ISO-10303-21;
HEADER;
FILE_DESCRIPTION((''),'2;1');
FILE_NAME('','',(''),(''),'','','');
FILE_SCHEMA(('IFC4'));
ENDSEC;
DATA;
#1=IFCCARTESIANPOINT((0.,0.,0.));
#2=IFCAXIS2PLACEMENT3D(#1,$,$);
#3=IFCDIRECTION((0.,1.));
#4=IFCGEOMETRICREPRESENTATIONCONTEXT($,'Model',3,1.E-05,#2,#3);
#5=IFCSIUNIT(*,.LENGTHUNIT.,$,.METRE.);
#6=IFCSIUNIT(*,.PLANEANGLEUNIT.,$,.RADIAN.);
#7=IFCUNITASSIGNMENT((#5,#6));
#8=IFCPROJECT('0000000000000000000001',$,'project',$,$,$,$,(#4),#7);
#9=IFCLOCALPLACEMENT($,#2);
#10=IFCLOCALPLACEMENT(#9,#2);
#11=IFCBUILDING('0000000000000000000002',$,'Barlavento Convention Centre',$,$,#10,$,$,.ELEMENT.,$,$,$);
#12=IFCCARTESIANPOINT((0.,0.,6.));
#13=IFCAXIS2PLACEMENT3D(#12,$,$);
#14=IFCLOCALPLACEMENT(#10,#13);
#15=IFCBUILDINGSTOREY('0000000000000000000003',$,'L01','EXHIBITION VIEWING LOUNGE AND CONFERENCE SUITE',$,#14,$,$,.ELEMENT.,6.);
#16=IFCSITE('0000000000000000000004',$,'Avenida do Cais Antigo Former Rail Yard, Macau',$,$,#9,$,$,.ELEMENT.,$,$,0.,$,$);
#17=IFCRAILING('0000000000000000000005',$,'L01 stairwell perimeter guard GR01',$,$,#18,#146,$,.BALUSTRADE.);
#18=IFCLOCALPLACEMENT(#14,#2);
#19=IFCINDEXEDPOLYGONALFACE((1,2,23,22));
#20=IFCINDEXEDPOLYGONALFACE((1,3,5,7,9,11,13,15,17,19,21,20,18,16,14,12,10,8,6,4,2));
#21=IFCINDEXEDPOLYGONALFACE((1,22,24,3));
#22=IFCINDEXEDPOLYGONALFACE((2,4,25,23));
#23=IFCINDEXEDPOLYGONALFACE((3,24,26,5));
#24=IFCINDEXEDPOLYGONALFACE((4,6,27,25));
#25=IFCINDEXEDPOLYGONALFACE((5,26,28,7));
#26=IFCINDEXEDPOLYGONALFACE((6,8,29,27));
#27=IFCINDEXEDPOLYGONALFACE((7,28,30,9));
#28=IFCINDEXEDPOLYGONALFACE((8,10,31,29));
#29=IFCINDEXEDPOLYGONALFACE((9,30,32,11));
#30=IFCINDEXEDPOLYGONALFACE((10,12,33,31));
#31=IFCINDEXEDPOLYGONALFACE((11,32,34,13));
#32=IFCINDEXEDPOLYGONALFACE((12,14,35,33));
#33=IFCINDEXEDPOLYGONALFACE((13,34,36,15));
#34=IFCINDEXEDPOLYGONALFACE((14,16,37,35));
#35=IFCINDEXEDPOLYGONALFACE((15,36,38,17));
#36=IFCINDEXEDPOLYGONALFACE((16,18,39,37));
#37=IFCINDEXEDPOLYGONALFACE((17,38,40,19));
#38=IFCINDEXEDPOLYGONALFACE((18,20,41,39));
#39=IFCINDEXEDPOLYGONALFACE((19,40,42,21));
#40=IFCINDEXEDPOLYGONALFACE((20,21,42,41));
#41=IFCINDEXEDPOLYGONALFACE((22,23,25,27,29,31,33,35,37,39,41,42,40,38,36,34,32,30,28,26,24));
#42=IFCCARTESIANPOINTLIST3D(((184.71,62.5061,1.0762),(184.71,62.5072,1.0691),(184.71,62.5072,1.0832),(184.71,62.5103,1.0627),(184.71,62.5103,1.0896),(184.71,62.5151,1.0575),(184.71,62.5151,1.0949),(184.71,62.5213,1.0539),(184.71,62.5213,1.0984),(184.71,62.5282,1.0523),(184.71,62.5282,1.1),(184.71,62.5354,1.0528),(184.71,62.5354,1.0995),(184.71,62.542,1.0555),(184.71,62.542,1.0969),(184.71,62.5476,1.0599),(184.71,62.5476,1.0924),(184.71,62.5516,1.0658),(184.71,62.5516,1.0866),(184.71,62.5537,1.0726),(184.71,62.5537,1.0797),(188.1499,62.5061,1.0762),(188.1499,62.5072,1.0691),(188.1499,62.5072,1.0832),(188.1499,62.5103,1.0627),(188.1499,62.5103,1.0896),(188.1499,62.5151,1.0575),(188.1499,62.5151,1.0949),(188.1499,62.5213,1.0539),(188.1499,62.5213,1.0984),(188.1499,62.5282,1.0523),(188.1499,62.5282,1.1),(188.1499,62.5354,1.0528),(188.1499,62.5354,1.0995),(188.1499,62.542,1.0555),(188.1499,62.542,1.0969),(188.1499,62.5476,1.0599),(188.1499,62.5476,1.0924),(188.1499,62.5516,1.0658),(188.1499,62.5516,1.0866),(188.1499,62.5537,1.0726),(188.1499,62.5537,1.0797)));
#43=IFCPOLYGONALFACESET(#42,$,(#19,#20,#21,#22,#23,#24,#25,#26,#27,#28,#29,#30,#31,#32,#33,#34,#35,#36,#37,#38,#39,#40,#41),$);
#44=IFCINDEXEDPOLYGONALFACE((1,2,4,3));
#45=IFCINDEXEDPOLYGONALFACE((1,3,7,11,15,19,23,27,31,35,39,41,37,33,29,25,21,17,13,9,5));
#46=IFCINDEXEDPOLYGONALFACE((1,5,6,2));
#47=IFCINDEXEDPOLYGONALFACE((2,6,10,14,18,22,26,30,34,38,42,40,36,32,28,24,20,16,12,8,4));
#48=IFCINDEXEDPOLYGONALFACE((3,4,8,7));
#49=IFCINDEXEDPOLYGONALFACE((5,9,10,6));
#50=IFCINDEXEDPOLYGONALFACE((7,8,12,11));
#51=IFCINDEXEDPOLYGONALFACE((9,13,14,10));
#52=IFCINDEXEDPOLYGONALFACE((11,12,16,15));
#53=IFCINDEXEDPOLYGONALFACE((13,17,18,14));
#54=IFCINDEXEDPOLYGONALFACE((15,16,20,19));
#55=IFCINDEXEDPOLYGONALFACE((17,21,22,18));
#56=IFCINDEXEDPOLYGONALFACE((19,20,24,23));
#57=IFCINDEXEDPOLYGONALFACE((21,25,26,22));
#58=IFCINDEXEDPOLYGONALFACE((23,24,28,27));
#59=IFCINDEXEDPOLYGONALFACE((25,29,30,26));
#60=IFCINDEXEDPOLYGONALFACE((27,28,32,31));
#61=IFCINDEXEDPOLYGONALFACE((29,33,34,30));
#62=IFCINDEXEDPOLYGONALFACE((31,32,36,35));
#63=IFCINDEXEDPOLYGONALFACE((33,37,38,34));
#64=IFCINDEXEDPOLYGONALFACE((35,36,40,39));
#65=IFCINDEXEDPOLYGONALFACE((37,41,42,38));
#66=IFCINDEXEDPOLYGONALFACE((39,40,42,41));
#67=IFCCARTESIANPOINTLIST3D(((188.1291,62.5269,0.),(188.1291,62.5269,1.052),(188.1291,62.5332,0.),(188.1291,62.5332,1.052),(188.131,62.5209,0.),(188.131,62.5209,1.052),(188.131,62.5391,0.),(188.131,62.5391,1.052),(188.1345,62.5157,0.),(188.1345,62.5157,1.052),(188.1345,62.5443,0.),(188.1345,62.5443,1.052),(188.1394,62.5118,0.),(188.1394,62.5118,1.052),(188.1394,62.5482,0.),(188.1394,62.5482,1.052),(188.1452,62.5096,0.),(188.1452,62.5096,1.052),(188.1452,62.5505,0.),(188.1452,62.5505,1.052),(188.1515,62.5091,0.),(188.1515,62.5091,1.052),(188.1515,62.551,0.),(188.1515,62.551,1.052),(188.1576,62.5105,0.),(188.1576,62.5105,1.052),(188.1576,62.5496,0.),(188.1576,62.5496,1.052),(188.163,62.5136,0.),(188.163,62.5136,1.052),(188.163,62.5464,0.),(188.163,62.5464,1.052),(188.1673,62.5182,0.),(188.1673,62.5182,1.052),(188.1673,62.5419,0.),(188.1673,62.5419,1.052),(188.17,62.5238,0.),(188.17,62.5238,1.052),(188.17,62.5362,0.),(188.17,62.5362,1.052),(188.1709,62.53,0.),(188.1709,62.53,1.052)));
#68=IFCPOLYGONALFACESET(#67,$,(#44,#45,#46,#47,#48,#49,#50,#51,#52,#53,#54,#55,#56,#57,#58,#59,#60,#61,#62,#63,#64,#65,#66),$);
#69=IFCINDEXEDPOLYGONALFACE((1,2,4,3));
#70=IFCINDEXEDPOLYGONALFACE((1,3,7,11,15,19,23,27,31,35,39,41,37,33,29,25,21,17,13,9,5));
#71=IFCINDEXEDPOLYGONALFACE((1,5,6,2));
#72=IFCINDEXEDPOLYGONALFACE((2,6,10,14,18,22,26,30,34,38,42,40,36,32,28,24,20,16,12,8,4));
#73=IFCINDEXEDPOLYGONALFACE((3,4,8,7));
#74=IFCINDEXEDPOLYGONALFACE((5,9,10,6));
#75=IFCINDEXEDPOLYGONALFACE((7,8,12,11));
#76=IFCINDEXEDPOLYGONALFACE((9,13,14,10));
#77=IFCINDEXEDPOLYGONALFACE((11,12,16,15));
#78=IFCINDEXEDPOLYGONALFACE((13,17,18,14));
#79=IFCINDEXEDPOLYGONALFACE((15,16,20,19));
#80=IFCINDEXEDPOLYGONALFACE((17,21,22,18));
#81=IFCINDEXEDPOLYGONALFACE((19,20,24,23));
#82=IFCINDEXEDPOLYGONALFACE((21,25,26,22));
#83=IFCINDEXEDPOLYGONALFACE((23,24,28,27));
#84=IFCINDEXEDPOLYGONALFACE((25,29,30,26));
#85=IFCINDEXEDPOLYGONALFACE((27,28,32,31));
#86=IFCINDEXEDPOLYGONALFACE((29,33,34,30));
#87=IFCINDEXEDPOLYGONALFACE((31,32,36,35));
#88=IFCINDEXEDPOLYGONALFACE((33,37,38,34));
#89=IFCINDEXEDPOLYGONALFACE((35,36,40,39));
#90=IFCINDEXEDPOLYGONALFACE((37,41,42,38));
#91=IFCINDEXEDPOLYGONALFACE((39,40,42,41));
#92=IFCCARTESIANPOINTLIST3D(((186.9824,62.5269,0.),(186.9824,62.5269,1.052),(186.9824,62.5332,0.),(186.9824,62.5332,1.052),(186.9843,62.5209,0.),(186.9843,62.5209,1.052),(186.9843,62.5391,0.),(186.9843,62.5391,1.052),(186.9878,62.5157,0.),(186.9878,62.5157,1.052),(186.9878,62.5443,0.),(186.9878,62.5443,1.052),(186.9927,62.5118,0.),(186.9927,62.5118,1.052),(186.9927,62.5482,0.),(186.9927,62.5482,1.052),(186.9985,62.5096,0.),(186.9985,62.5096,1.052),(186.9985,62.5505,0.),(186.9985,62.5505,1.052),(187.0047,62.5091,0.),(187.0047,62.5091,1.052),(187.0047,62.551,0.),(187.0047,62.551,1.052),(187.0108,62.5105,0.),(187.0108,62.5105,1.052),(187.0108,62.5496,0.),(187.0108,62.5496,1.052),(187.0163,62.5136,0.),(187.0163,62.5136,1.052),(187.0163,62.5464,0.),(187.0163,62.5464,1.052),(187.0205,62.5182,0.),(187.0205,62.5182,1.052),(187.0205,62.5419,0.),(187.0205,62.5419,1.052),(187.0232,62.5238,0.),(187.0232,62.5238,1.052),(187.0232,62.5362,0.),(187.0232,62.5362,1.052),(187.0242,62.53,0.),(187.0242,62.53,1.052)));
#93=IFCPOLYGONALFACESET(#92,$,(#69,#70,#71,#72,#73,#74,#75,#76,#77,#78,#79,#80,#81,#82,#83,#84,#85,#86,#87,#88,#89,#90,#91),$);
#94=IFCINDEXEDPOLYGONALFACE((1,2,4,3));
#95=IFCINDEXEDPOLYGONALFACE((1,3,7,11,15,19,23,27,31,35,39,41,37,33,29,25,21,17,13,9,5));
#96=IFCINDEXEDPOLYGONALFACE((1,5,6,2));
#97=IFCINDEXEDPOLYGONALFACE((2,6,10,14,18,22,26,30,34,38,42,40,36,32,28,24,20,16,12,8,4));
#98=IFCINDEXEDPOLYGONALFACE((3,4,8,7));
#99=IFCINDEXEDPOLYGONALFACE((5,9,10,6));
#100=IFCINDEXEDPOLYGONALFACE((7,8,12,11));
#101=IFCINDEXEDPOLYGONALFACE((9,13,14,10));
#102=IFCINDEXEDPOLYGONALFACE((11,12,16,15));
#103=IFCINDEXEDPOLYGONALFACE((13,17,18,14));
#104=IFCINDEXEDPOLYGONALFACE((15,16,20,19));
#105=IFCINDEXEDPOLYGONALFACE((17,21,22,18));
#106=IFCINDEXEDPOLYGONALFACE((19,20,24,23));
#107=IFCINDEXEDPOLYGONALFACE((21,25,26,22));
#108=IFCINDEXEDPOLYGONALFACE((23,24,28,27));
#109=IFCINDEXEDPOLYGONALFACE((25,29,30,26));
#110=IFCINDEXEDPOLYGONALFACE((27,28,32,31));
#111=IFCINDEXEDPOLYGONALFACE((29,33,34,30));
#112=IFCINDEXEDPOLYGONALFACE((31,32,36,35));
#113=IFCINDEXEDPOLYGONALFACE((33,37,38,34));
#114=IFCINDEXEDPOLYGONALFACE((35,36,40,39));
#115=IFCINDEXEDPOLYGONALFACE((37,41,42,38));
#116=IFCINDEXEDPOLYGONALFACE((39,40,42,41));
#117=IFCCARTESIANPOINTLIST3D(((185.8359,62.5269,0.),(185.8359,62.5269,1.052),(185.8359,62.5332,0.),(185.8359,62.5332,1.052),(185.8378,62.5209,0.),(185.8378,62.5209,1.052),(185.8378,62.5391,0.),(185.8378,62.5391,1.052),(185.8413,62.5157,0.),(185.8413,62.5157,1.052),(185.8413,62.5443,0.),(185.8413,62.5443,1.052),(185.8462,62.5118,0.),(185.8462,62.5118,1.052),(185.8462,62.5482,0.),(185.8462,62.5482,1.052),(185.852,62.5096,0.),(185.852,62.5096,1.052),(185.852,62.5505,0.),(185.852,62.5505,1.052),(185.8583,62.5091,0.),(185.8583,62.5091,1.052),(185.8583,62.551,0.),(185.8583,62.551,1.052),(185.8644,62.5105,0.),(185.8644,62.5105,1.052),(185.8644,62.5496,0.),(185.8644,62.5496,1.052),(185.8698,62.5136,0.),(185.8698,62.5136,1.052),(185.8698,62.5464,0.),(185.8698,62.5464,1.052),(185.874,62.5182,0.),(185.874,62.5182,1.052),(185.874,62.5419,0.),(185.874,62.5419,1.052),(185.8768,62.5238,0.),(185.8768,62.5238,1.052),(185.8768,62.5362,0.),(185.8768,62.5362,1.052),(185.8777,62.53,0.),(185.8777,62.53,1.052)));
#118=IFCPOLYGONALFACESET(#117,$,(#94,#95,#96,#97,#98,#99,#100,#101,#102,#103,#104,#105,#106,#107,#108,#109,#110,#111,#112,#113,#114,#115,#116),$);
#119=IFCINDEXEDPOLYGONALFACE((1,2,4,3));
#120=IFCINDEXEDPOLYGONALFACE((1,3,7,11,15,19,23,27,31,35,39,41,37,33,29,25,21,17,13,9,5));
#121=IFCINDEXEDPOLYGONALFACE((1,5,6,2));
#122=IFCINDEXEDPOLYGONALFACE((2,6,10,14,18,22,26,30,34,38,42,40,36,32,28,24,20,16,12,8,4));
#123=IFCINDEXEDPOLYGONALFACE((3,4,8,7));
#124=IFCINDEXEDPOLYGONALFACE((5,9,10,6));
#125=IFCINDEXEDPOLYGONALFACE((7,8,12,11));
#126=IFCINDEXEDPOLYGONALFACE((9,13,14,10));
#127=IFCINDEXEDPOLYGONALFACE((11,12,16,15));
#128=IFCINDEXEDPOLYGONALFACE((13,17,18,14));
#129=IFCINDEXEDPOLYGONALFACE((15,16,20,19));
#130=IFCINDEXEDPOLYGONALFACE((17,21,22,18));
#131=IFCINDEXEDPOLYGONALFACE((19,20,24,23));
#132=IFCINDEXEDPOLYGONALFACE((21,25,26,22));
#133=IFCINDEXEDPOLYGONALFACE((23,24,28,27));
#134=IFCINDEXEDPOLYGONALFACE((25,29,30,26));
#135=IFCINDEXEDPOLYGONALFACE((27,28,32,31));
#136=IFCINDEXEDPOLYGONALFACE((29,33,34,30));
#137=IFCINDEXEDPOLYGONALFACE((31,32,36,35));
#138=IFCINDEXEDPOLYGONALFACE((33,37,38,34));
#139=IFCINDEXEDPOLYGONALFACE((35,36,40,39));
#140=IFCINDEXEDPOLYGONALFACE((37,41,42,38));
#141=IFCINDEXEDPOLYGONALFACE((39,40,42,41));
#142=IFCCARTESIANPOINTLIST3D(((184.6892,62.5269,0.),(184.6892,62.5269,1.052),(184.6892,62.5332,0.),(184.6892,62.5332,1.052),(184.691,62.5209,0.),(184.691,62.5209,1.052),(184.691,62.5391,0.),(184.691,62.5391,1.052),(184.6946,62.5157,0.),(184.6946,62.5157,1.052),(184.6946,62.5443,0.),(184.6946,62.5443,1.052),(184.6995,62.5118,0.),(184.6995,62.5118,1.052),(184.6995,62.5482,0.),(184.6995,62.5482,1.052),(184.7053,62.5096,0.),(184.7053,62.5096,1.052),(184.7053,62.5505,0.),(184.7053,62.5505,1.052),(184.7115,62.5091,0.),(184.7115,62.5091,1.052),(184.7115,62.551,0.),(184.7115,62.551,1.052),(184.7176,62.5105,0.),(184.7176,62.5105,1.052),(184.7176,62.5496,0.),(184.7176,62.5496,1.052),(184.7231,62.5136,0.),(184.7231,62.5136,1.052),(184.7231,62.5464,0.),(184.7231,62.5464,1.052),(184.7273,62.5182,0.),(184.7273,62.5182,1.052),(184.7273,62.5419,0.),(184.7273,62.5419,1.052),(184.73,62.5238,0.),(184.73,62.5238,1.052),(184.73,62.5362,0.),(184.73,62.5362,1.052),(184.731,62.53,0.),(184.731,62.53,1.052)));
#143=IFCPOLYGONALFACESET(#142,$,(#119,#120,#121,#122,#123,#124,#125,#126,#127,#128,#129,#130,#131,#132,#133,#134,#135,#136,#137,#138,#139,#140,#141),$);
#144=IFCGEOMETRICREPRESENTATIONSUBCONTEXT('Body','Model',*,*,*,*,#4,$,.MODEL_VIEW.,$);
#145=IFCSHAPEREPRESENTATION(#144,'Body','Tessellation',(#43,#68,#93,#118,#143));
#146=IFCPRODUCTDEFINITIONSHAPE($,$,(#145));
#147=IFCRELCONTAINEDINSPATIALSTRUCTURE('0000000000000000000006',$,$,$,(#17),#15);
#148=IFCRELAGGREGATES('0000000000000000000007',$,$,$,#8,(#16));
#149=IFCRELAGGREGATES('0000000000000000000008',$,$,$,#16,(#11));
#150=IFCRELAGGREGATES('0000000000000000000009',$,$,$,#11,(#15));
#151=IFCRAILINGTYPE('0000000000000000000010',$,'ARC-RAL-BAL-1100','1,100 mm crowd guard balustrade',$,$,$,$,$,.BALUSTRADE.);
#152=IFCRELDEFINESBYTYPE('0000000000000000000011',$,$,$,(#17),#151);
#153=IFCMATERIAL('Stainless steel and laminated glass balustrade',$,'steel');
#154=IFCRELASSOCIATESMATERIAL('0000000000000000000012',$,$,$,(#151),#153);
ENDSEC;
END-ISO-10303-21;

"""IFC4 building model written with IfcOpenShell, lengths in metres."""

from ifc_helpers import new_model, si_unit, direction, frame, origin, origin_2d, place, context, subcontext, project, spatial, circle, extrude, material, type_object, element, save


model = new_model("IFC4")

# Units and contexts
model_context = context("Model", 3, precision=1e-05, world=origin(), true_north=direction((0.0, 1.0)))
body_context = subcontext(model_context, "Body", "Model", "MODEL_VIEW")
ifc_project = project(units=[si_unit("LENGTHUNIT", "METRE"), si_unit("PLANEANGLEUNIT", "RADIAN")], contexts=[model_context])

# Site, building, storey
site_placement = place(None, origin())
site = spatial("IfcSite", under=ifc_project, at=site_placement, Name="Avenida do Cais Antigo Former Rail Yard, Macau", CompositionType="ELEMENT", RefElevation=0.0)
building_placement = place(site_placement, origin())
building = spatial("IfcBuilding", under=site, at=building_placement, Name="Barlavento Convention Centre", CompositionType="ELEMENT")
storey_placement = place(building_placement, frame((0.0, 0.0, 6.0)))
storey = spatial("IfcBuildingStorey", under=building, at=storey_placement, Name="L01", Description="EXHIBITION VIEWING LOUNGE AND CONFERENCE SUITE", CompositionType="ELEMENT", Elevation=6.0)

# Railing
ifc_material_1 = material(Name="Stainless steel and laminated glass balustrade", Category="steel")
railing_type_1 = type_object("IfcRailingType", Name="ARC-RAL-BAL-1100", Description="1,100 mm crowd guard balustrade", PredefinedType="BALUSTRADE", material=ifc_material_1)
railing_1_placement = place(storey_placement, frame((188.1499, 62.53, 0.0)))
element("IfcRailing", 1, at=railing_1_placement, inside=storey, type_object=railing_type_1, Name="L01 stairwell perimeter guard GR01", PredefinedType="BALUSTRADE", context=body_context, shape_type="SweptSolid", body=[
    extrude(circle(Radius=0.0239, at=origin_2d()), frame((0.0, 0.0, 1.0762), z_axis=(-1.0, 0.0, 0.0), x_axis=(0.0, -1.0, 0.0)), (0.0, 0.0, 1.0), 3.4399),
    extrude(circle(Radius=0.021, at=origin_2d()), origin(), (0.0, 0.0, 1.0), 1.052),
    extrude(circle(Radius=0.021, at=origin_2d()), frame((-1.1467, 0.0, 0.0)), (0.0, 0.0, 1.0), 1.052),
    extrude(circle(Radius=0.021, at=origin_2d()), frame((-2.2932, 0.0, 0.0)), (0.0, 0.0, 1.0), 1.052),
    extrude(circle(Radius=0.021, at=origin_2d()), frame((-3.4399, 0.0, 0.0)), (0.0, 0.0, 1.0), 1.052),
])

save(model, "model.ifc")
